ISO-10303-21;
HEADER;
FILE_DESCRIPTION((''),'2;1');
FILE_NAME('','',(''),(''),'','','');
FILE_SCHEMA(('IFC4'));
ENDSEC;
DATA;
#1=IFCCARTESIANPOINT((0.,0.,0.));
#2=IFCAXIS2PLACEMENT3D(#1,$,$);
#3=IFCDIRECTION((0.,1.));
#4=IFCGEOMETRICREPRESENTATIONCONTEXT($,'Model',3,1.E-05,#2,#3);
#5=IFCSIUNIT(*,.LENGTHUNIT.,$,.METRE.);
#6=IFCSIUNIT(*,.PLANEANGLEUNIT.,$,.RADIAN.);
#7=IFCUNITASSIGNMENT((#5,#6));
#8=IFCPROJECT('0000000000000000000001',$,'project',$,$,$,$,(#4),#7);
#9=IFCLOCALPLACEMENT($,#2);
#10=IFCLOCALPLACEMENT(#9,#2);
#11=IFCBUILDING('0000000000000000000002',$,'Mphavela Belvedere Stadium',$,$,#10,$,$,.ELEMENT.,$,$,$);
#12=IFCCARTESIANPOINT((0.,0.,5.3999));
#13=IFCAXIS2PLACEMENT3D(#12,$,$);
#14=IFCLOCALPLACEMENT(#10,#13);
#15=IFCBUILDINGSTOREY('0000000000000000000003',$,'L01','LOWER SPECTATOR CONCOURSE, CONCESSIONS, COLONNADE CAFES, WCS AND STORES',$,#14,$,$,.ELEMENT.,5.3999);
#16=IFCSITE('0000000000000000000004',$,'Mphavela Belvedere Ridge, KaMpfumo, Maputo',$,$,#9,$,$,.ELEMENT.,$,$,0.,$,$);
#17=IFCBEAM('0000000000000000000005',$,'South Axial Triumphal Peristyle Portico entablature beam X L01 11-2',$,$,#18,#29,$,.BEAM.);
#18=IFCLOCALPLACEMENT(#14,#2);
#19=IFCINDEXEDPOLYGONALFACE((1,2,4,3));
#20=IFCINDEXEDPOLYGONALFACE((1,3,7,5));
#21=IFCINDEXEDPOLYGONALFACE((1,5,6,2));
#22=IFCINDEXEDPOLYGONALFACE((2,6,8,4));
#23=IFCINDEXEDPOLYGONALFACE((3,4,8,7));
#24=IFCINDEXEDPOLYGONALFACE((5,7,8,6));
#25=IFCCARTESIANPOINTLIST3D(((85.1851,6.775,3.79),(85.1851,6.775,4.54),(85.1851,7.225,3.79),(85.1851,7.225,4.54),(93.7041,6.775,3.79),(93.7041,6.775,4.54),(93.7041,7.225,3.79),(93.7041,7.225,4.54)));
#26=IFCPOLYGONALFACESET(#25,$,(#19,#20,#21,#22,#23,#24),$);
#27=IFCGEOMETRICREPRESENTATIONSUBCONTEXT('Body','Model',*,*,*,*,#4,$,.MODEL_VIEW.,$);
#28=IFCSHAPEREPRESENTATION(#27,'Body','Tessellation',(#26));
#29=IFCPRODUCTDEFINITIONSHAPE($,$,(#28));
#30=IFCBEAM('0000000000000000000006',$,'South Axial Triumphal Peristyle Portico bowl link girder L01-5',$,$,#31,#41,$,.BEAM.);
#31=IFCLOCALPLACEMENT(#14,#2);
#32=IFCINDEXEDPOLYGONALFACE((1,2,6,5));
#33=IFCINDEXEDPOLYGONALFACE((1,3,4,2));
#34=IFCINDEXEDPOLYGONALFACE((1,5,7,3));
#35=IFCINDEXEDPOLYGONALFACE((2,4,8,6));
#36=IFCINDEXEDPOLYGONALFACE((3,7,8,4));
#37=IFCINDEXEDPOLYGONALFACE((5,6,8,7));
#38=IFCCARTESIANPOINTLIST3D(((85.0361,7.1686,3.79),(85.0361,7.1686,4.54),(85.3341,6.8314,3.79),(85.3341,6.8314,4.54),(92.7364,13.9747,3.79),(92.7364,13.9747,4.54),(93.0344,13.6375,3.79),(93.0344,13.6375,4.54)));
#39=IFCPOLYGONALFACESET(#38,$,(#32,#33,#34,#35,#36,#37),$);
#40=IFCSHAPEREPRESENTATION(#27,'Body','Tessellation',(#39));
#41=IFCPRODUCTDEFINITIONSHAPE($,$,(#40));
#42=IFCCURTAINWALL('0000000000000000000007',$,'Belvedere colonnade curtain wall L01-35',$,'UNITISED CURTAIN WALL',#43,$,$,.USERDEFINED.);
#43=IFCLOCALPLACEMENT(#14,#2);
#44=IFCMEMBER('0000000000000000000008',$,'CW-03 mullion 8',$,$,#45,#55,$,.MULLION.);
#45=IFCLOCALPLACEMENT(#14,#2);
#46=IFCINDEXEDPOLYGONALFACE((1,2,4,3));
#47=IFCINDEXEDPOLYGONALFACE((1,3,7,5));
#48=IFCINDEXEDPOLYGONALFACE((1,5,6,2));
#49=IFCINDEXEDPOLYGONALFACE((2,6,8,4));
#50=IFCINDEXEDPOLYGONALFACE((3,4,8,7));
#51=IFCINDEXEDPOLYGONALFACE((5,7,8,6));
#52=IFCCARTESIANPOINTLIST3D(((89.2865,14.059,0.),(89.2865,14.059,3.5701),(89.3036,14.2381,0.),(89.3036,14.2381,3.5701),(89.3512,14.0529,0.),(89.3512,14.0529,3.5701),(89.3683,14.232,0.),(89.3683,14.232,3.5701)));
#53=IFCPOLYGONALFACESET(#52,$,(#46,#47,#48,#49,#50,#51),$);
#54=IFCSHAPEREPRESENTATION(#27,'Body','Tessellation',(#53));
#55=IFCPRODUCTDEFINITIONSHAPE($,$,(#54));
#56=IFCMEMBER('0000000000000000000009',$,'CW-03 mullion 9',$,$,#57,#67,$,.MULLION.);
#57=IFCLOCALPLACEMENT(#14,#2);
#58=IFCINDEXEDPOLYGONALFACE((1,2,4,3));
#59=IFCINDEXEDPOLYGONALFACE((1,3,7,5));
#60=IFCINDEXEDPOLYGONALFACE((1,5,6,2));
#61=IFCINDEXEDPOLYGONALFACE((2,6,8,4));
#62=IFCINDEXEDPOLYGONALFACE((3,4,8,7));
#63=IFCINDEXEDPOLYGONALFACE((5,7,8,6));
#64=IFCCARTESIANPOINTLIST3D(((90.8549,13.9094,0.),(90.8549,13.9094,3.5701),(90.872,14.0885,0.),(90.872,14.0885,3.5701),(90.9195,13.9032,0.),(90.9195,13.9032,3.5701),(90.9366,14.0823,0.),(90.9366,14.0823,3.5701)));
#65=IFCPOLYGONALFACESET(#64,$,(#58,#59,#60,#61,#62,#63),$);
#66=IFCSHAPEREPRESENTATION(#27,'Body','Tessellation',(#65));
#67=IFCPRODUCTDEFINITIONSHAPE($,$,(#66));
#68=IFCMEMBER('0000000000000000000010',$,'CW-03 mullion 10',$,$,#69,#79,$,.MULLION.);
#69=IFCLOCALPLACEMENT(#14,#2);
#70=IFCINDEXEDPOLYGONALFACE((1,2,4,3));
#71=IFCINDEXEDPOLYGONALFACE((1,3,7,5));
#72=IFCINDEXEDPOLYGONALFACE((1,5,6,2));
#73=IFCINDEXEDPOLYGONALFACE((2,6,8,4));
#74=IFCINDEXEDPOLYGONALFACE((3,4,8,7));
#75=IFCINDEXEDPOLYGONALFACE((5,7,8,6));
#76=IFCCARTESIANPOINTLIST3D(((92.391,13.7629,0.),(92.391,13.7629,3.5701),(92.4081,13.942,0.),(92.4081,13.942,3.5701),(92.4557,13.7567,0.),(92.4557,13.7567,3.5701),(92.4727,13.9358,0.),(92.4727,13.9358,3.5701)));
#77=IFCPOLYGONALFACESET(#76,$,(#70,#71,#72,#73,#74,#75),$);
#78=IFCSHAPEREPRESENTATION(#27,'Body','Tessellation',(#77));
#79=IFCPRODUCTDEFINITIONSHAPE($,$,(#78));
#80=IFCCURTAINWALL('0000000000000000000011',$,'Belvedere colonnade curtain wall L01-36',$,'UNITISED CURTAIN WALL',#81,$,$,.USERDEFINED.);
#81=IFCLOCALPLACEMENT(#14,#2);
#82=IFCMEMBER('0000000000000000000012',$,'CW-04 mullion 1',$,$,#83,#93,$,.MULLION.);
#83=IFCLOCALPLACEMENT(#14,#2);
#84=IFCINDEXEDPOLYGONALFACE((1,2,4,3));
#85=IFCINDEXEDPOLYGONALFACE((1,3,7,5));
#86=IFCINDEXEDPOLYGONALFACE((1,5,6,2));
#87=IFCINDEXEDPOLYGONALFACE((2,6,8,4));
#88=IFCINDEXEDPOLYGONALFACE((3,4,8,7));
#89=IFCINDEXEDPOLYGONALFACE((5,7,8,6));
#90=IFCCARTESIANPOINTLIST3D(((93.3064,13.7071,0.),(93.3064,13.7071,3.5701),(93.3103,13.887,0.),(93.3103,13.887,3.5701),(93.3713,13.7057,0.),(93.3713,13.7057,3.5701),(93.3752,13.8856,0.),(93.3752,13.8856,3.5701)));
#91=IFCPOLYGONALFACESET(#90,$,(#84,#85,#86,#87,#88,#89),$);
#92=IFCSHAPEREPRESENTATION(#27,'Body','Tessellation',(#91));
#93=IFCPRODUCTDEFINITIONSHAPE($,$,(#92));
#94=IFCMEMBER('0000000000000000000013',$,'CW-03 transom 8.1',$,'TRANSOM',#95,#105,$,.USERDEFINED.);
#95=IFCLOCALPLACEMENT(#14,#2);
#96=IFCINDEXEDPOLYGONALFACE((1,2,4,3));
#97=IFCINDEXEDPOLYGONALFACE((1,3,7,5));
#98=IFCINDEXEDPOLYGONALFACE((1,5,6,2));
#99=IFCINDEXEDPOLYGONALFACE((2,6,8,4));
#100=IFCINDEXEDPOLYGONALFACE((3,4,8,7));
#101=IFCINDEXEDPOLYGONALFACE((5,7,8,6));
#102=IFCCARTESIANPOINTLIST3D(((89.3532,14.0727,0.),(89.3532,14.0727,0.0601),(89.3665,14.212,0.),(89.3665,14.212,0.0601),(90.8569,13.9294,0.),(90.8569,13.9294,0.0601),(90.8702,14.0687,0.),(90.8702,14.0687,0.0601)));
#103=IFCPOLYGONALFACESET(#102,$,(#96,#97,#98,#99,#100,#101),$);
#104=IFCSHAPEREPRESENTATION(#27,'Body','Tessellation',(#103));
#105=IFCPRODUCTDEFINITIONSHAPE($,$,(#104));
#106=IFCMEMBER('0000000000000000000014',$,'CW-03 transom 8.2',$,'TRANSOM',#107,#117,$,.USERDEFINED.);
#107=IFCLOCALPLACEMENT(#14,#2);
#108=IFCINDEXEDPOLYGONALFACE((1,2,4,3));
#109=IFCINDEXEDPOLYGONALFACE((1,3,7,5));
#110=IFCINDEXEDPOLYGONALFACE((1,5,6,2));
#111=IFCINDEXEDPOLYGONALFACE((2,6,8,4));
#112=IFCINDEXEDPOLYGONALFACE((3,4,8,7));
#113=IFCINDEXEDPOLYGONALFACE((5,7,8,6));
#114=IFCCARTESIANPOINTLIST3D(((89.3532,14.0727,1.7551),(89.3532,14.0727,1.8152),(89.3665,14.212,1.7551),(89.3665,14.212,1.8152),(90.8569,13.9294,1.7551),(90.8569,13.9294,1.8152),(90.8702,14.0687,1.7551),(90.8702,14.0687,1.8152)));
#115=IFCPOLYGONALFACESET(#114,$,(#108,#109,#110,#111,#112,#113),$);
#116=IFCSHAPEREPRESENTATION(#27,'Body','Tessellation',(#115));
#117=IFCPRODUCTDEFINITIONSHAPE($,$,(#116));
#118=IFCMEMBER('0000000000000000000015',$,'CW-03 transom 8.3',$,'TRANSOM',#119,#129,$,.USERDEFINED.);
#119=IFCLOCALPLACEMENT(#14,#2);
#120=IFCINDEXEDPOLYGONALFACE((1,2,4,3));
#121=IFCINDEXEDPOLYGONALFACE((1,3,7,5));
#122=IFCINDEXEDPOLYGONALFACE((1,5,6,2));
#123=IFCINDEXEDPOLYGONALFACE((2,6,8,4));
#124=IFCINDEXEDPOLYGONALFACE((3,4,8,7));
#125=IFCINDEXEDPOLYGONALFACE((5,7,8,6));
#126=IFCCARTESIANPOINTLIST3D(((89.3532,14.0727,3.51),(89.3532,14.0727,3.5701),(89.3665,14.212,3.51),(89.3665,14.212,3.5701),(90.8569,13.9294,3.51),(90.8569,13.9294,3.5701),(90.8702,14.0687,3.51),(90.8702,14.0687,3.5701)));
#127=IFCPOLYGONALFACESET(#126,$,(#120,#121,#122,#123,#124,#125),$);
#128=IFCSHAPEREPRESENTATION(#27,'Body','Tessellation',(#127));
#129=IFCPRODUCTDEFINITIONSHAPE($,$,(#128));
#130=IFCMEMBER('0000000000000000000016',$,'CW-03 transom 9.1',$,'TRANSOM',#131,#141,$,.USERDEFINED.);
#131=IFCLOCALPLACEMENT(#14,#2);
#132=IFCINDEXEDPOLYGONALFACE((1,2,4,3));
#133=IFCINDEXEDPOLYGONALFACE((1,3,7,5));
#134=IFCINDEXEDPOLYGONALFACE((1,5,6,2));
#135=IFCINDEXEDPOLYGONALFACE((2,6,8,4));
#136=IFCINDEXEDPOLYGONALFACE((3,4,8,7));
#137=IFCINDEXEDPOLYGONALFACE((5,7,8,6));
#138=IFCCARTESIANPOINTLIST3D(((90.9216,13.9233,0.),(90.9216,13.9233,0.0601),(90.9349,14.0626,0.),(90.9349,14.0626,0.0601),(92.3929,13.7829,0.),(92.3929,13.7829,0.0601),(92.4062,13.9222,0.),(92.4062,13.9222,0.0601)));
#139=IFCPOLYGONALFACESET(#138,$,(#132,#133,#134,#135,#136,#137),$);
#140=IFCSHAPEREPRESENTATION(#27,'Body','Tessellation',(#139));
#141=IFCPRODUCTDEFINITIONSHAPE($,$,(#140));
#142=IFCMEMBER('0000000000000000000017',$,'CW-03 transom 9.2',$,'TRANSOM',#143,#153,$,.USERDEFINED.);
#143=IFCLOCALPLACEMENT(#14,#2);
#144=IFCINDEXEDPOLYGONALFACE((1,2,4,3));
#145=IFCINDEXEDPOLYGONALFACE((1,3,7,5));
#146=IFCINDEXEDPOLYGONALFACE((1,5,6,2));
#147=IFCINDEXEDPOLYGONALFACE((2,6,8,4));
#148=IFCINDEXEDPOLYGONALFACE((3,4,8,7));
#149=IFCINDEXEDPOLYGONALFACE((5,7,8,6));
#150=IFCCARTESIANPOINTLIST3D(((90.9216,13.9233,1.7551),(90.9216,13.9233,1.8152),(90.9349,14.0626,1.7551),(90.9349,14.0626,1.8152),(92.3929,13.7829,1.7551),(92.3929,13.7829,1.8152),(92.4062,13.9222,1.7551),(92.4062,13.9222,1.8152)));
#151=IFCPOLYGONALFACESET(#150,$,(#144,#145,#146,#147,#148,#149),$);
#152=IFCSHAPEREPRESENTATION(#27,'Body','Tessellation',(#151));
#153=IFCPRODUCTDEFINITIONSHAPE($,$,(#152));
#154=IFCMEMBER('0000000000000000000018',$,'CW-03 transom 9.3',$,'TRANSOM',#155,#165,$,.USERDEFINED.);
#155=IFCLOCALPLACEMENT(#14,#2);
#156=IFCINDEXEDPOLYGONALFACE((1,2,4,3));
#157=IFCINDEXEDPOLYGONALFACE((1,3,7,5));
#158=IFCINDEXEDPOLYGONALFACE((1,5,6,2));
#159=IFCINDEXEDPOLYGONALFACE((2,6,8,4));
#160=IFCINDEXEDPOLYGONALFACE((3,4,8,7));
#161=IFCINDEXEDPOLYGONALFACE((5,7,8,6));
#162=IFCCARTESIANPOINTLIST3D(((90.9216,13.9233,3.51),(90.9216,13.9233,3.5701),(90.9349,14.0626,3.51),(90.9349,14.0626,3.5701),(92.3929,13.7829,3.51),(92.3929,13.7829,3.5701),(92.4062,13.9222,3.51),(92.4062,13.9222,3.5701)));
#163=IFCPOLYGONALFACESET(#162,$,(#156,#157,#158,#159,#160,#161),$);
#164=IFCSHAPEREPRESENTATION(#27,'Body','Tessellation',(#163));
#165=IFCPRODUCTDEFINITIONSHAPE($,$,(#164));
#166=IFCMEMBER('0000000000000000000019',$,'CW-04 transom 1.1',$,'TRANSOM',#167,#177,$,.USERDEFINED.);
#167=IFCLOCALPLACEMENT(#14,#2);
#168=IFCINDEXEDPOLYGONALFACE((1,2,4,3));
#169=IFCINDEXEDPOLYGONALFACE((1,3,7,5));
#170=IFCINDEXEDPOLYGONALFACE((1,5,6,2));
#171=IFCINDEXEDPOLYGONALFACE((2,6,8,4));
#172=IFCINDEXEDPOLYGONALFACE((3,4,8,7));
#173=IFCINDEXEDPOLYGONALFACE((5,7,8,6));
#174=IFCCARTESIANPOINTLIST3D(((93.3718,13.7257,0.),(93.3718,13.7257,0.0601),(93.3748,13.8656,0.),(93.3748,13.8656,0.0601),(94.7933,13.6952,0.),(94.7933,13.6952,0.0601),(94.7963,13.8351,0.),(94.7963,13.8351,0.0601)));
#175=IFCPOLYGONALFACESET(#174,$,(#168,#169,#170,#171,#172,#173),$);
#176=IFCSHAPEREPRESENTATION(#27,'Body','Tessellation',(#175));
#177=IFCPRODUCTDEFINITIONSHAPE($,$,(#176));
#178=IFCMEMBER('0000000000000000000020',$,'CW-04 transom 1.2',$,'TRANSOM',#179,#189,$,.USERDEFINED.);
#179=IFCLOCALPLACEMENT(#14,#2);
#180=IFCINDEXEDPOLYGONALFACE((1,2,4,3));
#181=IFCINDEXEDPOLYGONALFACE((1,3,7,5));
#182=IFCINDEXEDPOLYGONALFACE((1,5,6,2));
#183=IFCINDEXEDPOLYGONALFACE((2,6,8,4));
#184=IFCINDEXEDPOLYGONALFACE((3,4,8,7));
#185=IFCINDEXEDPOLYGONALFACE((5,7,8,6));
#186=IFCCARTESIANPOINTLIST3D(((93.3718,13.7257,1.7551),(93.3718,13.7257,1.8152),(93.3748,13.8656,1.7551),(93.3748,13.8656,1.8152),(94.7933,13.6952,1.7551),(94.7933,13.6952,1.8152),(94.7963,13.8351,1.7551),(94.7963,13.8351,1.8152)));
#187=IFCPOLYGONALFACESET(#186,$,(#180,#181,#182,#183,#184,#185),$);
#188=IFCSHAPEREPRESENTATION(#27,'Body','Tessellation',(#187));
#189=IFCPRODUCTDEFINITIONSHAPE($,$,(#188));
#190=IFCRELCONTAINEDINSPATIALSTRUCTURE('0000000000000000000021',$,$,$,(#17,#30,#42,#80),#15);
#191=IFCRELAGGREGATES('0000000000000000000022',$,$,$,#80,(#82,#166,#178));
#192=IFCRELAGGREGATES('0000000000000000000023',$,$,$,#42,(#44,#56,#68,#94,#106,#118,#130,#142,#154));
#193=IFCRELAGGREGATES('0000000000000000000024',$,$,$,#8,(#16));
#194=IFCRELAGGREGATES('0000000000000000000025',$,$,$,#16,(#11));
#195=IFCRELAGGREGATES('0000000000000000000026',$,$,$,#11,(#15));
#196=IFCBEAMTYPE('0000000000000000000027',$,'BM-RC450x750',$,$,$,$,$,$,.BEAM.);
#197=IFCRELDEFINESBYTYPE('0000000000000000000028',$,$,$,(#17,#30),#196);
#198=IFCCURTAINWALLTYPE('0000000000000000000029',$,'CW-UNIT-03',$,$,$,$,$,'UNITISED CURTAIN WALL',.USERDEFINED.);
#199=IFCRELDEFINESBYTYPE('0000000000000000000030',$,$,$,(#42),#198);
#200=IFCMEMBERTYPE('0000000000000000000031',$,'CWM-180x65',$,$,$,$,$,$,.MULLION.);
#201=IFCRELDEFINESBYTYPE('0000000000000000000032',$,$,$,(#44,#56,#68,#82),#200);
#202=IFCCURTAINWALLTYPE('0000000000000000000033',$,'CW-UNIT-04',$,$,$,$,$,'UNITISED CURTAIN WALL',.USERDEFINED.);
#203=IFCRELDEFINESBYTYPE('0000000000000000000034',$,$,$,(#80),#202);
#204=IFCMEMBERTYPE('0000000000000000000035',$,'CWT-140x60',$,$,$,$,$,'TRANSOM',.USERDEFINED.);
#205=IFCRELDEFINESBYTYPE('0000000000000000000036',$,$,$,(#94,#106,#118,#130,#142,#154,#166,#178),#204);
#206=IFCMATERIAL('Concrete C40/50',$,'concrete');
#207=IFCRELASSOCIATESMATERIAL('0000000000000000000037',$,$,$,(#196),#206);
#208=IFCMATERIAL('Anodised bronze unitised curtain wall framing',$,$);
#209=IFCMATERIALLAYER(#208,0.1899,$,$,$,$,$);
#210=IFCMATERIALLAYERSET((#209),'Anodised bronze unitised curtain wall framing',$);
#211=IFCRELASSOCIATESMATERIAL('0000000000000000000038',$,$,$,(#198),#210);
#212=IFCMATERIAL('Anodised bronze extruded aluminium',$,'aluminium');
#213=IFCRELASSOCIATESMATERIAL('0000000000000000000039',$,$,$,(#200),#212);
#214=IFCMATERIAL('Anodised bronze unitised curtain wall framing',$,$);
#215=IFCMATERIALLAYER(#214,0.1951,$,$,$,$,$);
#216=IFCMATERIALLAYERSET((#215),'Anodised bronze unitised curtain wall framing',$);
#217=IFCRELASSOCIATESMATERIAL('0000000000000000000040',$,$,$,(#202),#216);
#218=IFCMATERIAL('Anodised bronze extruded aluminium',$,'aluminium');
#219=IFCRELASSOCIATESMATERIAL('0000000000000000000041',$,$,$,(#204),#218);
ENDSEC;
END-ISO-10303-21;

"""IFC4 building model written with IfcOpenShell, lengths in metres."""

from ifc_helpers import new_model, si_unit, direction, frame, origin, origin_2d, place, context, subcontext, project, spatial, rectangle, extrude, material, layer, layer_set, material_profile, profile_set, type_object, element, aggregate, save


model = new_model("IFC4")

# Units and contexts
model_context = context("Model", 3, precision=1e-05, world=origin(), true_north=direction((0.0, 1.0)))
body_context = subcontext(model_context, "Body", "Model", "MODEL_VIEW")
ifc_project = project(units=[si_unit("LENGTHUNIT", "METRE"), si_unit("PLANEANGLEUNIT", "RADIAN")], contexts=[model_context])

# Site, building, storey
site_placement = place(None, origin())
site = spatial("IfcSite", under=ifc_project, at=site_placement, Name="Mphavela Belvedere Ridge, KaMpfumo, Maputo", CompositionType="ELEMENT", RefElevation=0.0)
building_placement = place(site_placement, origin())
building = spatial("IfcBuilding", under=site, at=building_placement, Name="Mphavela Belvedere Stadium", CompositionType="ELEMENT")
storey_placement = place(building_placement, frame((0.0, 0.0, 5.3999)))
storey = spatial("IfcBuildingStorey", under=building, at=storey_placement, Name="L01", Description="LOWER SPECTATOR CONCOURSE, CONCESSIONS, COLONNADE CAFES, WCS AND STORES", CompositionType="ELEMENT", Elevation=5.3999)

# Beams
ifc_material_1 = material(Name="Concrete C40/50", Category="concrete")
ifc_material_profile_1 = material_profile(ifc_material_1, rectangle(XDim=0.45, YDim=0.75, at=origin_2d()), Name="RC 450x750")
ifc_profile_set_1 = profile_set([ifc_material_profile_1], Name="Concrete C40/50")
beam_type_1 = type_object("IfcBeamType", Name="BM-RC450x750", PredefinedType="BEAM", material=ifc_profile_set_1)
beam_1_placement = place(storey_placement, frame((85.1851, 7.0, 4.165), z_axis=(1.0, 0.0, 0.0), x_axis=(0.0, 1.0, 0.0)))
element("IfcBeam", 1, at=beam_1_placement, inside=storey, type_object=beam_type_1, Name="South Axial Triumphal Peristyle Portico entablature beam X L01 11-2", PredefinedType="BEAM", context=body_context, shape_type="SweptSolid", body=[
    extrude(rectangle(XDim=0.45, YDim=0.75, at=origin_2d()), origin(), (0.0, 0.0, 1.0), 8.519),
])
beam_2_placement = place(storey_placement, frame((85.1851, 7.0, 4.165), z_axis=(0.749275, 0.662259, 0.0), x_axis=(-0.662259, 0.749275, 0.0)))
element("IfcBeam", 2, at=beam_2_placement, inside=storey, type_object=beam_type_1, Name="South Axial Triumphal Peristyle Portico bowl link girder L01-5", PredefinedType="BEAM", context=body_context, shape_type="SweptSolid", body=[
    extrude(rectangle(XDim=0.45, YDim=0.75, at=origin_2d()), origin(), (0.0, 0.0, 1.0), 10.2771),
])

# Curtain wall, members
ifc_material_2 = material(Name="Anodised bronze unitised curtain wall framing")
ifc_layer_1 = layer(ifc_material_2, 0.1899)
ifc_layer_set_1 = layer_set([ifc_layer_1], Name="Anodised bronze unitised curtain wall framing")
curtain_wall_type_1 = type_object("IfcCurtainWallType", Name="CW-UNIT-03", ElementType="UNITISED CURTAIN WALL", PredefinedType="USERDEFINED", material=ifc_layer_set_1)
curtain_wall_1_placement = place(storey_placement, origin())
curtain_wall_1 = element("IfcCurtainWall", 3, at=curtain_wall_1_placement, inside=storey, type_object=curtain_wall_type_1, Name="Belvedere colonnade curtain wall L01-35", ObjectType="UNITISED CURTAIN WALL", PredefinedType="USERDEFINED")
ifc_material_3 = material(Name="Anodised bronze extruded aluminium", Category="aluminium")
ifc_material_profile_2 = material_profile(ifc_material_3, rectangle(XDim=0.1799, YDim=0.0649, at=origin_2d()), Name="CW-MUL 180x65")
ifc_profile_set_2 = profile_set([ifc_material_profile_2], Name="Anodised bronze extruded aluminium")
member_type_1 = type_object("IfcMemberType", Name="CWM-180x65", PredefinedType="MULLION", material=ifc_profile_set_2)
member_1_placement = place(storey_placement, frame((89.3274, 14.1455, 0.0), z_axis=(0.0, 0.0, 1.0), x_axis=(0.094922, 0.995485, 0.0)))
member_1 = element("IfcMember", 4, at=member_1_placement, type_object=member_type_1, Name="CW-03 mullion 8", PredefinedType="MULLION", context=body_context, shape_type="SweptSolid", body=[
    extrude(rectangle(XDim=0.1799, YDim=0.0649, at=origin_2d()), origin(), (0.0, 0.0, 1.0), 3.5701),
])
member_2_placement = place(storey_placement, frame((90.8958, 13.9958, 0.0), z_axis=(0.0, 0.0, 1.0), x_axis=(0.094922, 0.995485, 0.0)))
member_2 = element("IfcMember", 5, at=member_2_placement, type_object=member_type_1, Name="CW-03 mullion 9", PredefinedType="MULLION", context=body_context, shape_type="SweptSolid", body=[
    extrude(rectangle(XDim=0.1799, YDim=0.0649, at=origin_2d()), origin(), (0.0, 0.0, 1.0), 3.5701),
])
member_3_placement = place(storey_placement, frame((92.4319, 13.8494, 0.0), z_axis=(0.0, 0.0, 1.0), x_axis=(0.094922, 0.995485, 0.0)))
member_3 = element("IfcMember", 6, at=member_3_placement, type_object=member_type_1, Name="CW-03 mullion 10", PredefinedType="MULLION", context=body_context, shape_type="SweptSolid", body=[
    extrude(rectangle(XDim=0.1799, YDim=0.0649, at=origin_2d()), origin(), (0.0, 0.0, 1.0), 3.5701),
])

# Curtain wall, member
ifc_material_4 = material(Name="Anodised bronze unitised curtain wall framing")
ifc_layer_2 = layer(ifc_material_4, 0.1951)
ifc_layer_set_2 = layer_set([ifc_layer_2], Name="Anodised bronze unitised curtain wall framing")
curtain_wall_type_2 = type_object("IfcCurtainWallType", Name="CW-UNIT-04", ElementType="UNITISED CURTAIN WALL", PredefinedType="USERDEFINED", material=ifc_layer_set_2)
curtain_wall_2_placement = place(storey_placement, origin())
curtain_wall_2 = element("IfcCurtainWall", 7, at=curtain_wall_2_placement, inside=storey, type_object=curtain_wall_type_2, Name="Belvedere colonnade curtain wall L01-36", ObjectType="UNITISED CURTAIN WALL", PredefinedType="USERDEFINED")
member_4_placement = place(storey_placement, frame((93.3408, 13.7964, 0.0), z_axis=(0.0, 0.0, 1.0), x_axis=(0.021529, 0.999768, 0.0)))
member_4 = element("IfcMember", 8, at=member_4_placement, type_object=member_type_1, Name="CW-04 mullion 1", PredefinedType="MULLION", context=body_context, shape_type="SweptSolid", body=[
    extrude(rectangle(XDim=0.1799, YDim=0.0649, at=origin_2d()), origin(), (0.0, 0.0, 1.0), 3.5701),
])

# Members
ifc_material_5 = material(Name="Anodised bronze extruded aluminium", Category="aluminium")
ifc_material_profile_3 = material_profile(ifc_material_5, rectangle(XDim=0.1399, YDim=0.0601, at=origin_2d()), Name="CW-TRN 140x60")
ifc_profile_set_3 = profile_set([ifc_material_profile_3], Name="Anodised bronze extruded aluminium")
member_type_2 = type_object("IfcMemberType", Name="CWT-140x60", ElementType="TRANSOM", PredefinedType="USERDEFINED", material=ifc_profile_set_3)
member_5_placement = place(storey_placement, frame((89.3599, 14.1423, 0.03), z_axis=(0.995489, -0.094878, 0.0), x_axis=(0.094878, 0.995489, 0.0)))
member_5 = element("IfcMember", 9, at=member_5_placement, type_object=member_type_2, Name="CW-03 transom 8.1", ObjectType="TRANSOM", PredefinedType="USERDEFINED", context=body_context, shape_type="SweptSolid", body=[
    extrude(rectangle(XDim=0.1399, YDim=0.0601, at=origin_2d()), origin(), (0.0, 0.0, 1.0), 1.5105),
])
member_6_placement = place(storey_placement, frame((89.3599, 14.1423, 1.7852), z_axis=(0.995489, -0.094878, 0.0), x_axis=(0.094878, 0.995489, 0.0)))
member_6 = element("IfcMember", 10, at=member_6_placement, type_object=member_type_2, Name="CW-03 transom 8.2", ObjectType="TRANSOM", PredefinedType="USERDEFINED", context=body_context, shape_type="SweptSolid", body=[
    extrude(rectangle(XDim=0.1399, YDim=0.0601, at=origin_2d()), origin(), (0.0, 0.0, 1.0), 1.5105),
])
member_7_placement = place(storey_placement, frame((89.3599, 14.1423, 3.54), z_axis=(0.995489, -0.094878, 0.0), x_axis=(0.094878, 0.995489, 0.0)))
member_7 = element("IfcMember", 11, at=member_7_placement, type_object=member_type_2, Name="CW-03 transom 8.3", ObjectType="TRANSOM", PredefinedType="USERDEFINED", context=body_context, shape_type="SweptSolid", body=[
    extrude(rectangle(XDim=0.1399, YDim=0.0601, at=origin_2d()), origin(), (0.0, 0.0, 1.0), 1.5105),
])
member_8_placement = place(storey_placement, frame((90.9282, 13.9929, 0.03), z_axis=(0.99548, -0.094973, 0.0), x_axis=(0.094973, 0.99548, 0.0)))
member_8 = element("IfcMember", 12, at=member_8_placement, type_object=member_type_2, Name="CW-03 transom 9.1", ObjectType="TRANSOM", PredefinedType="USERDEFINED", context=body_context, shape_type="SweptSolid", body=[
    extrude(rectangle(XDim=0.1399, YDim=0.0601, at=origin_2d()), origin(), (0.0, 0.0, 1.0), 1.478),
])
member_9_placement = place(storey_placement, frame((90.9282, 13.9929, 1.7852), z_axis=(0.99548, -0.094973, 0.0), x_axis=(0.094973, 0.99548, 0.0)))
member_9 = element("IfcMember", 13, at=member_9_placement, type_object=member_type_2, Name="CW-03 transom 9.2", ObjectType="TRANSOM", PredefinedType="USERDEFINED", context=body_context, shape_type="SweptSolid", body=[
    extrude(rectangle(XDim=0.1399, YDim=0.0601, at=origin_2d()), origin(), (0.0, 0.0, 1.0), 1.478),
])
member_10_placement = place(storey_placement, frame((90.9282, 13.9929, 3.54), z_axis=(0.99548, -0.094973, 0.0), x_axis=(0.094973, 0.99548, 0.0)))
member_10 = element("IfcMember", 14, at=member_10_placement, type_object=member_type_2, Name="CW-03 transom 9.3", ObjectType="TRANSOM", PredefinedType="USERDEFINED", context=body_context, shape_type="SweptSolid", body=[
    extrude(rectangle(XDim=0.1399, YDim=0.0601, at=origin_2d()), origin(), (0.0, 0.0, 1.0), 1.478),
])
member_11_placement = place(storey_placement, frame((93.3733, 13.7957, 0.03), z_axis=(0.99977, -0.021462, 0.0), x_axis=(0.021462, 0.99977, 0.0)))
member_11 = element("IfcMember", 15, at=member_11_placement, type_object=member_type_2, Name="CW-04 transom 1.1", ObjectType="TRANSOM", PredefinedType="USERDEFINED", context=body_context, shape_type="SweptSolid", body=[
    extrude(rectangle(XDim=0.1399, YDim=0.0601, at=origin_2d()), origin(), (0.0, 0.0, 1.0), 1.4219),
])
member_12_placement = place(storey_placement, frame((93.3733, 13.7957, 1.7852), z_axis=(0.99977, -0.021462, 0.0), x_axis=(0.021462, 0.99977, 0.0)))
member_12 = element("IfcMember", 16, at=member_12_placement, type_object=member_type_2, Name="CW-04 transom 1.2", ObjectType="TRANSOM", PredefinedType="USERDEFINED", context=body_context, shape_type="SweptSolid", body=[
    extrude(rectangle(XDim=0.1399, YDim=0.0601, at=origin_2d()), origin(), (0.0, 0.0, 1.0), 1.4219),
])
aggregate(curtain_wall_2, [member_4, member_11, member_12])

aggregate(curtain_wall_1, [member_1, member_2, member_3, member_5, member_6, member_7, member_8, member_9, member_10])

save(model, "model.ifc")
